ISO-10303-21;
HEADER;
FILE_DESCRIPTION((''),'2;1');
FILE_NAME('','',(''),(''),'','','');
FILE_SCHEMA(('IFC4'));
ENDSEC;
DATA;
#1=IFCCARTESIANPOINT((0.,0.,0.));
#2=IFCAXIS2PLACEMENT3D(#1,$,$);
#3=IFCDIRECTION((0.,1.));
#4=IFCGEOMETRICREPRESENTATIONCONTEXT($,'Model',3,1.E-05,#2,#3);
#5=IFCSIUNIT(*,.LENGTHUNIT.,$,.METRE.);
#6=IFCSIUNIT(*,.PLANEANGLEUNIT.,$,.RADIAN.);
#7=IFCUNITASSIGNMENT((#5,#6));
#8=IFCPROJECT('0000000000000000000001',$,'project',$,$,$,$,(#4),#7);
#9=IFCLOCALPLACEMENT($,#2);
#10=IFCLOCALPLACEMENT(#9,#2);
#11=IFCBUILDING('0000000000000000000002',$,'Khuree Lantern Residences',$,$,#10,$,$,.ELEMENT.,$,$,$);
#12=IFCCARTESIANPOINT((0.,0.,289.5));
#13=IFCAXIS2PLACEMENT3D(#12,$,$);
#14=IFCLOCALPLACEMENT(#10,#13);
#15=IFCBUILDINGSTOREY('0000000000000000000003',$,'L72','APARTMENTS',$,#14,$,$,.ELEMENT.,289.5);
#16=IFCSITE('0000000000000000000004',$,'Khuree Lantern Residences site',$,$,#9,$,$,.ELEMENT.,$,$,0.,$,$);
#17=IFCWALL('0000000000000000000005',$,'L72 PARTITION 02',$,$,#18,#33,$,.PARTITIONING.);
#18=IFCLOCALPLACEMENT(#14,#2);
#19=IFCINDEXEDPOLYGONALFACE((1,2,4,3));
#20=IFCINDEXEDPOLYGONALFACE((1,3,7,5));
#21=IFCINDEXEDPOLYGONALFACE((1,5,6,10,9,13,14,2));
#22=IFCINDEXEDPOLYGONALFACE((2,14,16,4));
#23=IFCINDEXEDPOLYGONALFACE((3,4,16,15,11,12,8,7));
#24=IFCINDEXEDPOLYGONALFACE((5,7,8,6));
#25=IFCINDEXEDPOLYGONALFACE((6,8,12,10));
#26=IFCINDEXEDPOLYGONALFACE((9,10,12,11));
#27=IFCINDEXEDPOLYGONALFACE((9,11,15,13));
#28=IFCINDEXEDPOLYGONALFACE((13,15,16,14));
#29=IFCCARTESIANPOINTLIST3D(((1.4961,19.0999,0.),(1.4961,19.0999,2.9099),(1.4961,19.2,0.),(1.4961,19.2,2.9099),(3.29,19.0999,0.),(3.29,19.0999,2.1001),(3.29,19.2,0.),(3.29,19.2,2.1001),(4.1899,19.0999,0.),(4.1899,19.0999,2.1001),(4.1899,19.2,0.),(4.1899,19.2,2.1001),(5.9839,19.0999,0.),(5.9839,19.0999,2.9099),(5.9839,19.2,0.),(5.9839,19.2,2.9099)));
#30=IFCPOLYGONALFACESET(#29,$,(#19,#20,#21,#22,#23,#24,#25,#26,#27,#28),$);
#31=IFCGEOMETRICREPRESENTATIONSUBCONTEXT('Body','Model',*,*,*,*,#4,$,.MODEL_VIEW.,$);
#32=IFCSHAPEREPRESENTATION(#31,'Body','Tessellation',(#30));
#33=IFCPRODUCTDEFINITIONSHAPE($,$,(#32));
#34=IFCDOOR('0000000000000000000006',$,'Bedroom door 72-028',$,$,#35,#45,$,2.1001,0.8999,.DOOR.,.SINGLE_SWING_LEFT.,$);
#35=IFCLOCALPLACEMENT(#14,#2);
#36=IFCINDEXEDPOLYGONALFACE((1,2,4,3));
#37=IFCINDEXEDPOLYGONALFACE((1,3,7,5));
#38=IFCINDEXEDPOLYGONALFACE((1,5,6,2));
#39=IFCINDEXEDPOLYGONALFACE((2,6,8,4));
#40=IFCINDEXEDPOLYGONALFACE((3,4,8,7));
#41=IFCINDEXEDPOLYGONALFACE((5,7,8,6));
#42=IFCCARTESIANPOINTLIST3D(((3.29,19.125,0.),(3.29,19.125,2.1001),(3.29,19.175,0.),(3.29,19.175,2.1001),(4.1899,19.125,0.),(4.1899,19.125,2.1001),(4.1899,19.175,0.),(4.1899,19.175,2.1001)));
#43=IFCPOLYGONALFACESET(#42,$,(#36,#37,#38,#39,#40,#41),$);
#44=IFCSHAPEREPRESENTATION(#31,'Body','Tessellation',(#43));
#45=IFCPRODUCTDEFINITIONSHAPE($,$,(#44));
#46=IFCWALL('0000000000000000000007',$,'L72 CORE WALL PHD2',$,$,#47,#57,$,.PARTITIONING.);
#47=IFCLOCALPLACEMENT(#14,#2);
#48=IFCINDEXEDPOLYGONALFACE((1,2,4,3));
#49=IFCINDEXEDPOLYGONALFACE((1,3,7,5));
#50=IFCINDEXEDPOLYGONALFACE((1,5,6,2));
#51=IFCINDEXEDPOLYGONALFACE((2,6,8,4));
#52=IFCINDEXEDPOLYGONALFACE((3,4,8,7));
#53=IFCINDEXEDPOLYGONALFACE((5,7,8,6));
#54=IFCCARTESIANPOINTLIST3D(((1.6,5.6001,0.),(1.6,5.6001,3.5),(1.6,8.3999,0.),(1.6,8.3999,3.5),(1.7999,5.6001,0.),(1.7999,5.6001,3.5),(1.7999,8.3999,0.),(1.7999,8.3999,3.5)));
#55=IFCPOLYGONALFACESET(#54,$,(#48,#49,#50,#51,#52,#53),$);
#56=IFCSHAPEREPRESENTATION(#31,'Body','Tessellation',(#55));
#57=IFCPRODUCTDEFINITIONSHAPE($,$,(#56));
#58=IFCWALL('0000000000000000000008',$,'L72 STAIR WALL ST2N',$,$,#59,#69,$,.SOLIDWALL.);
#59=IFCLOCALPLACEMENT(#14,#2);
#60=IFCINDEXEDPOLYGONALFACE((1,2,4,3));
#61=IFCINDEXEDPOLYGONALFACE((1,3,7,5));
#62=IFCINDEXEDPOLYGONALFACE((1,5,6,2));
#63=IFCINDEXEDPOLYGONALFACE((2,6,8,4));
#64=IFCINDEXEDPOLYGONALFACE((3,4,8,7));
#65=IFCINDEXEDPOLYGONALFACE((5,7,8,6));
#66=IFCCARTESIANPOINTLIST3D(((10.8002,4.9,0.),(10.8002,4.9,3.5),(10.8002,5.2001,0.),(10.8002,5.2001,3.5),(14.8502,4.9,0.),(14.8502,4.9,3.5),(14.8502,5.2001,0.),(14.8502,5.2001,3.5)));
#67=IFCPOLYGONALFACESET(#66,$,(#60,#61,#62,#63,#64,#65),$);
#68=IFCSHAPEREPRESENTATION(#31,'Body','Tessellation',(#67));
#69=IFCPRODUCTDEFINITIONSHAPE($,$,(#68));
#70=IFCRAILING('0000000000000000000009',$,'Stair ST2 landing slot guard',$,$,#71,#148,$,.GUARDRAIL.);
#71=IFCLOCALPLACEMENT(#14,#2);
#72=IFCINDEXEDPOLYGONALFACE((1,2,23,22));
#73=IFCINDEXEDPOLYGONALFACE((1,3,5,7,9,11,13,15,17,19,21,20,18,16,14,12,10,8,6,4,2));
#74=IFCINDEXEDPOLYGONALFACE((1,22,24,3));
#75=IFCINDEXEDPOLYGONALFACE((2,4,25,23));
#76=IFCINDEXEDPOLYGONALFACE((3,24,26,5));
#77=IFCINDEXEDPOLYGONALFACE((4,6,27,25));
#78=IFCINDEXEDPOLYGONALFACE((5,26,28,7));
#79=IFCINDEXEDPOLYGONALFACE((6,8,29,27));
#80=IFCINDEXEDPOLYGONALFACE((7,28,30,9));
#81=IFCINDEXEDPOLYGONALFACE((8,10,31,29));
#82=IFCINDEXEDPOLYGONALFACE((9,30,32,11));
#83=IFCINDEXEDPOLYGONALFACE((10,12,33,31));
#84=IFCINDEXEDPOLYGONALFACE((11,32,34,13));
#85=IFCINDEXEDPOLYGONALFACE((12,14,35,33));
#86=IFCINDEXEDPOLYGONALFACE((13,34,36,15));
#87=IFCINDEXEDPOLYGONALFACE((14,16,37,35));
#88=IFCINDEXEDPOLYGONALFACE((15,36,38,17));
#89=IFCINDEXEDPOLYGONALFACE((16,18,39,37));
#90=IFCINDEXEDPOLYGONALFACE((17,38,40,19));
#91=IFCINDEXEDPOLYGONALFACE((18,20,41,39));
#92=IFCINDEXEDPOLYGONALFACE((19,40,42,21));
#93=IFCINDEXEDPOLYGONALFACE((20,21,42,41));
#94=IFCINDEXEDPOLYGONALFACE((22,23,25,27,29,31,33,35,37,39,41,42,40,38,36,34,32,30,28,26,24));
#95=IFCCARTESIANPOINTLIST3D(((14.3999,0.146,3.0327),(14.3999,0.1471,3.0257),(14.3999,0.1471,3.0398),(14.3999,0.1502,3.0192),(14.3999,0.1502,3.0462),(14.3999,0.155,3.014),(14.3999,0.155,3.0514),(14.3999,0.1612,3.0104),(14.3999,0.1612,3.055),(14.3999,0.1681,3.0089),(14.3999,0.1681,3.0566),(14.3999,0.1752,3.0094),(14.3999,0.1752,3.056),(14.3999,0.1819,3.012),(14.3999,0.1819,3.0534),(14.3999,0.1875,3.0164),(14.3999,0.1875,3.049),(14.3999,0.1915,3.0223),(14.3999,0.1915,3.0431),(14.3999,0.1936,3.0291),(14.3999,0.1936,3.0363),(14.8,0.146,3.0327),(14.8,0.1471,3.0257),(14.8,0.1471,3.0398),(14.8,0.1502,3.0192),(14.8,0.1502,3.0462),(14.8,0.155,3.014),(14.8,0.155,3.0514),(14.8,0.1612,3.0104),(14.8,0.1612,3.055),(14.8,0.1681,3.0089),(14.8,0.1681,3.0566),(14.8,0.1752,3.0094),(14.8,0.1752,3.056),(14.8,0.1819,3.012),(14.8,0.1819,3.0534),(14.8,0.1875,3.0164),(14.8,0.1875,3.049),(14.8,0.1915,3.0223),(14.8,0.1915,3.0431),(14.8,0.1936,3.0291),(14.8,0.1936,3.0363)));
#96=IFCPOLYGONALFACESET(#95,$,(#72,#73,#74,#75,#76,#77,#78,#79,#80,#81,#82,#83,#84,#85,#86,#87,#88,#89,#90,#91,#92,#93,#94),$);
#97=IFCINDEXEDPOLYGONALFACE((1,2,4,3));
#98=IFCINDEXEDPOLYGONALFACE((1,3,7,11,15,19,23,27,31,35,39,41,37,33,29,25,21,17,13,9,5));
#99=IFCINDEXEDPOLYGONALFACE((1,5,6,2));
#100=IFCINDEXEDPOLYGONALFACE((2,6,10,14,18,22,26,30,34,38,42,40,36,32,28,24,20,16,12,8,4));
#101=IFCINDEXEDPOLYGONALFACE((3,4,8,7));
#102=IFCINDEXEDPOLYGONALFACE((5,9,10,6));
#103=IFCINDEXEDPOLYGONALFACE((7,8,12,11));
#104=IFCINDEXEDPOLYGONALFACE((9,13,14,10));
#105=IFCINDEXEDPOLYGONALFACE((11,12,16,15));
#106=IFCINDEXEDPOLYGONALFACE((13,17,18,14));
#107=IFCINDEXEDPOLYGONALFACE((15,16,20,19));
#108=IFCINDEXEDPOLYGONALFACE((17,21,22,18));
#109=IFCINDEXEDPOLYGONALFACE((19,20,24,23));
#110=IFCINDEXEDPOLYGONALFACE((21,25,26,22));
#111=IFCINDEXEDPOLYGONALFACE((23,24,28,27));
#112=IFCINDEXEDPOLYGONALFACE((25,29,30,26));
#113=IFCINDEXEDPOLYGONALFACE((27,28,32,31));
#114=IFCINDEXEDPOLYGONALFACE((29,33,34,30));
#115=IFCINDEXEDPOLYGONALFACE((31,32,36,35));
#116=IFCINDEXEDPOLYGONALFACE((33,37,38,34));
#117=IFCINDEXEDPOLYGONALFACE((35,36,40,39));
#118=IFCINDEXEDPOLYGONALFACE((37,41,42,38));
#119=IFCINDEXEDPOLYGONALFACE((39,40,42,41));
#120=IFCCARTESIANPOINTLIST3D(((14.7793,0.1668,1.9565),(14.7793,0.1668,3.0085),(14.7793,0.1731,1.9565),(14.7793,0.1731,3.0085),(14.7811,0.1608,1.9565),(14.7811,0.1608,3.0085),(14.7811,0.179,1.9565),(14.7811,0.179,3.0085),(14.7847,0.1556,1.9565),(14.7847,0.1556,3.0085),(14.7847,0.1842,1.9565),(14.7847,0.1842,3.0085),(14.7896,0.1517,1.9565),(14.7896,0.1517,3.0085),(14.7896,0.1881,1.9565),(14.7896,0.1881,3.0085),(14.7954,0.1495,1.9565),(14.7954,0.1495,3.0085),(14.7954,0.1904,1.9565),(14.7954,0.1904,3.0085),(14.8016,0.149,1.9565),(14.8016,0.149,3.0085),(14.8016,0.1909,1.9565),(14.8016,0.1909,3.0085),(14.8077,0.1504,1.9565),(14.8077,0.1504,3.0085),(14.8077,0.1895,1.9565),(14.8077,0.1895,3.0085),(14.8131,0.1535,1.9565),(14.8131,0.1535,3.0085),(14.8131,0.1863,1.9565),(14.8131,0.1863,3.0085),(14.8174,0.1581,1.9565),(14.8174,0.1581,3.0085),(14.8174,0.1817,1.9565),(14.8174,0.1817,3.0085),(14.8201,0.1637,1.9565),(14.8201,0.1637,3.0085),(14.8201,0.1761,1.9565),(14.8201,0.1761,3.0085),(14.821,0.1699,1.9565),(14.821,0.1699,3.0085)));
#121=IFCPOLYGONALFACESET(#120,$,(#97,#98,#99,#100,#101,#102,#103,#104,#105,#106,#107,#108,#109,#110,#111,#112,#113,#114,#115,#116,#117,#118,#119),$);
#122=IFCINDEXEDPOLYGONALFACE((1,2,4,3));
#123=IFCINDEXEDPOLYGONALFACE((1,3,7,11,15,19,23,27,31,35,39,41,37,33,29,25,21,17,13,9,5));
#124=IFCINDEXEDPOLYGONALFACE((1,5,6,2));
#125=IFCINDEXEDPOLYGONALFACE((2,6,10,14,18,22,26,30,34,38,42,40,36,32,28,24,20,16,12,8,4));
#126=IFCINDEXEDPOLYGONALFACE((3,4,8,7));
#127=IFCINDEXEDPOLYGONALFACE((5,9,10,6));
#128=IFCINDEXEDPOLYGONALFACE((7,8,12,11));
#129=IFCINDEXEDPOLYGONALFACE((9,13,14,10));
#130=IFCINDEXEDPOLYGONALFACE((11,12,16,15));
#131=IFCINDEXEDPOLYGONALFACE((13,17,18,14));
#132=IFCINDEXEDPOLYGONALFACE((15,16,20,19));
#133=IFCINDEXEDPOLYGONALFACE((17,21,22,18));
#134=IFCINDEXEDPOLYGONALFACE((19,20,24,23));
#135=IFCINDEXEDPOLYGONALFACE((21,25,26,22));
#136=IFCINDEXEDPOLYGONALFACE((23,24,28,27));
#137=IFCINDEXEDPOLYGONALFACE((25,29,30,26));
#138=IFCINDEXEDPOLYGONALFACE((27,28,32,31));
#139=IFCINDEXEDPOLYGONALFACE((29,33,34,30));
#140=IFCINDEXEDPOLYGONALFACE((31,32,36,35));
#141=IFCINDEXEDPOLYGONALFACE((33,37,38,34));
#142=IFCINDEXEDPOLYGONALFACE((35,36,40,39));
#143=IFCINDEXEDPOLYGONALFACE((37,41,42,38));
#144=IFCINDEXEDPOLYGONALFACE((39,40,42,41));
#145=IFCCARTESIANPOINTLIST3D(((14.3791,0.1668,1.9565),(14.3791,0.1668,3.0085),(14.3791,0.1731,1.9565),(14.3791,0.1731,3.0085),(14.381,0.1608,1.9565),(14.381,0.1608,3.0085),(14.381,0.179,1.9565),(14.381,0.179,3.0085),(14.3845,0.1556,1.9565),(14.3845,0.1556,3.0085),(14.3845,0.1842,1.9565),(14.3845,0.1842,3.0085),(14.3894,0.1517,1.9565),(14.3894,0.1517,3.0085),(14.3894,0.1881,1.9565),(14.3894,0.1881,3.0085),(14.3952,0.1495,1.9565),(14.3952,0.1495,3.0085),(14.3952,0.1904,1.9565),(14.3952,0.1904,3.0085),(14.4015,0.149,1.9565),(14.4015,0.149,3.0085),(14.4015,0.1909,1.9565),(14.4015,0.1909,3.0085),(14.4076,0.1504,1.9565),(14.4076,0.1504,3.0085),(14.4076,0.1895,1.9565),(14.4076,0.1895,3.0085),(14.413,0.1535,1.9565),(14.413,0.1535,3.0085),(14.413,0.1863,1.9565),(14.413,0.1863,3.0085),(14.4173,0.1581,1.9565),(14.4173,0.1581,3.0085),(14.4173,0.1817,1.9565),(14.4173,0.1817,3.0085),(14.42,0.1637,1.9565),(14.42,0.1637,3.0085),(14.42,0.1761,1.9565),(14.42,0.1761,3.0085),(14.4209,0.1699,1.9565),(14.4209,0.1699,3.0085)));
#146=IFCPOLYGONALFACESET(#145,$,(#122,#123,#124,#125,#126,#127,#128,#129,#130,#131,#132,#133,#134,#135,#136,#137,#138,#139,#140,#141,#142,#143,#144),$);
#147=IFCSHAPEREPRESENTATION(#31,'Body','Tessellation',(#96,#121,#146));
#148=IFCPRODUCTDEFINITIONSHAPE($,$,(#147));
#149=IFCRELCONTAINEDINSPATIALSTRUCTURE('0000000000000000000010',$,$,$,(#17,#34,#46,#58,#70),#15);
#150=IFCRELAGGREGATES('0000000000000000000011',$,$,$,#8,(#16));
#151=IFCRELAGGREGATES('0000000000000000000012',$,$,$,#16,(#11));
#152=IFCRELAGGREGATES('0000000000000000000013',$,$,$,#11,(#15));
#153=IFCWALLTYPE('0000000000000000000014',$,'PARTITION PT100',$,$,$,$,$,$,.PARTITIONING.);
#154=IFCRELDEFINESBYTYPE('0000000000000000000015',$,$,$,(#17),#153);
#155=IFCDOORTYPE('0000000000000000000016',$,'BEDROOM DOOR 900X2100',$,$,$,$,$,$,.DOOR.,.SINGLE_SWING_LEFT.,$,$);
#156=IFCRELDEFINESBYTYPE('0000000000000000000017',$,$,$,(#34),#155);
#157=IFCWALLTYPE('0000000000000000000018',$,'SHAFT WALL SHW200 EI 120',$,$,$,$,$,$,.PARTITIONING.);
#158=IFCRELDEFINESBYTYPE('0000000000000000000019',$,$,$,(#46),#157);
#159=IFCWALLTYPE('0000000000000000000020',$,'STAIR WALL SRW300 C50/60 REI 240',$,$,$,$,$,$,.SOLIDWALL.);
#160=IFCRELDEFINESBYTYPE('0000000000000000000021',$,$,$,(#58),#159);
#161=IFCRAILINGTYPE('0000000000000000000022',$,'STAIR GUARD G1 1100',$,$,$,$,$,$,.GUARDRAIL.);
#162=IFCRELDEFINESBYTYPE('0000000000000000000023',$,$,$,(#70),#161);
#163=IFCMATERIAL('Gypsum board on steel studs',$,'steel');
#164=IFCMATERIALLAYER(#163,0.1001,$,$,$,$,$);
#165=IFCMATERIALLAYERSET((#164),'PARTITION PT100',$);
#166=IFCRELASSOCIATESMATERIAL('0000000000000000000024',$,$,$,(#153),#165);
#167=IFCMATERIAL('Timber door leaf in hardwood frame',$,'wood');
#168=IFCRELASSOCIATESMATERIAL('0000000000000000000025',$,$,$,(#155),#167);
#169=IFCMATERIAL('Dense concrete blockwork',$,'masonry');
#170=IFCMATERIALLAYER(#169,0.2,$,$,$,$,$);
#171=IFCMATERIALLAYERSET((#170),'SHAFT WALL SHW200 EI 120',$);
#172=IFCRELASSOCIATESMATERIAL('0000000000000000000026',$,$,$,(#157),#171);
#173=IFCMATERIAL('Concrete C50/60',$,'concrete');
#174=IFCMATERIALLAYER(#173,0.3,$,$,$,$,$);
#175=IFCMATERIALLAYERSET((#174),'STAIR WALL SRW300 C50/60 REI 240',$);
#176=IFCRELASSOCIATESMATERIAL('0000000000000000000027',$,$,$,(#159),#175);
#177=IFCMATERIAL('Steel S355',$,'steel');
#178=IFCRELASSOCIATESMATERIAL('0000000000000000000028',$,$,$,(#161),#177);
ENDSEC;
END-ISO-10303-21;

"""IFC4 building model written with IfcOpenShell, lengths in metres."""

from ifc_helpers import new_model, si_unit, direction, frame, frame_2d, origin, origin_2d, place, context, subcontext, project, spatial, rectangle, circle, extrude, material, layer, layer_set, type_object, element, fill, save


model = new_model("IFC4")

# Units and contexts
model_context = context("Model", 3, precision=1e-05, world=origin(), true_north=direction((0.0, 1.0)))
body_context = subcontext(model_context, "Body", "Model", "MODEL_VIEW")
ifc_project = project(units=[si_unit("LENGTHUNIT", "METRE"), si_unit("PLANEANGLEUNIT", "RADIAN")], contexts=[model_context])

# Site, building, storey
site_placement = place(None, origin())
site = spatial("IfcSite", under=ifc_project, at=site_placement, Name="Khuree Lantern Residences site", CompositionType="ELEMENT", RefElevation=0.0)
building_placement = place(site_placement, origin())
building = spatial("IfcBuilding", under=site, at=building_placement, Name="Khuree Lantern Residences", CompositionType="ELEMENT")
storey_placement = place(building_placement, frame((0.0, 0.0, 289.5)))
storey = spatial("IfcBuildingStorey", under=building, at=storey_placement, Name="L72", Description="APARTMENTS", CompositionType="ELEMENT", Elevation=289.5)

# Shared definitions
ifc_material_1 = material(Name="Concrete C50/60", Category="concrete")

# Shared definitions
ifc_material_2 = material(Name="Timber door leaf in hardwood frame", Category="wood")

# Shared definitions
ifc_material_3 = material(Name="Dense concrete blockwork", Category="masonry")

# Shared definitions
ifc_material_4 = material(Name="Gypsum board on steel studs", Category="steel")
ifc_layer_1 = layer(ifc_material_4, 0.1001)
ifc_layer_set_1 = layer_set([ifc_layer_1], Name="PARTITION PT100")
wall_type_1 = type_object("IfcWallType", Name="PARTITION PT100", PredefinedType="PARTITIONING", material=ifc_layer_set_1)

# Wall, opening, door
wall_1_placement = place(storey_placement, frame((5.9839, 19.1499, 0.0), z_axis=(0.0, 0.0, 1.0), x_axis=(-1.0, 0.0, 0.0)))
wall_1 = element("IfcWall", 1, at=wall_1_placement, inside=storey, type_object=wall_type_1, Name="L72 PARTITION 02", PredefinedType="PARTITIONING", context=body_context, shape_type="SweptSolid", body=[
    extrude(rectangle(XDim=4.4878, YDim=0.1001, at=frame_2d((2.2439, 0.0))), origin(), (0.0, 0.0, 1.0), 2.9099),
])
opening_1_placement = place(wall_1_placement, frame((1.7939, 0.0, 0.0)))
opening_1 = element("IfcOpeningElement", 2, at=opening_1_placement, cuts=wall_1, PredefinedType="OPENING", context=body_context, shape_type="SweptSolid", body=[
    extrude(rectangle(XDim=0.8999, YDim=2.1001, at=frame_2d((0.45, 1.05))), frame((0.0, 0.0601, 0.0), z_axis=(0.0, -1.0, 0.0), x_axis=(1.0, 0.0, 0.0)), (0.0, 0.0, 1.0), 0.1201),
])
door_type_1 = type_object("IfcDoorType", Name="BEDROOM DOOR 900X2100", OperationType="SINGLE_SWING_LEFT", PredefinedType="DOOR", material=ifc_material_2)
door_1_placement = place(opening_1_placement, origin())
door_1 = element("IfcDoor", 3, at=door_1_placement, inside=storey, type_object=door_type_1, Name="Bedroom door 72-028", OperationType="SINGLE_SWING_LEFT", OverallHeight=2.1001, OverallWidth=0.8999, PredefinedType="DOOR", context=body_context, shape_type="SweptSolid", body=[
    extrude(rectangle(XDim=0.8999, YDim=2.1001, at=frame_2d((0.45, 1.05))), frame((0.0, 0.0249, 0.0), z_axis=(0.0, -1.0, 0.0), x_axis=(1.0, 0.0, 0.0)), (0.0, 0.0, 1.0), 0.05),
])
fill(opening_1, door_1)

# Walls
ifc_layer_2 = layer(ifc_material_3, 0.2)
ifc_layer_set_2 = layer_set([ifc_layer_2], Name="SHAFT WALL SHW200 EI 120")
wall_type_2 = type_object("IfcWallType", Name="SHAFT WALL SHW200 EI 120", PredefinedType="PARTITIONING", material=ifc_layer_set_2)
wall_2_placement = place(storey_placement, frame((1.7, 5.6001, 0.0), z_axis=(0.0, 0.0, 1.0), x_axis=(0.0, 1.0, 0.0)))
element("IfcWall", 4, at=wall_2_placement, inside=storey, type_object=wall_type_2, Name="L72 CORE WALL PHD2", PredefinedType="PARTITIONING", context=body_context, shape_type="SweptSolid", body=[
    extrude(rectangle(XDim=2.7998, YDim=0.2, at=frame_2d((1.3999, 0.0))), origin(), (0.0, 0.0, 1.0), 3.5),
])
ifc_layer_3 = layer(ifc_material_1, 0.3)
ifc_layer_set_3 = layer_set([ifc_layer_3], Name="STAIR WALL SRW300 C50/60 REI 240")
wall_type_3 = type_object("IfcWallType", Name="STAIR WALL SRW300 C50/60 REI 240", PredefinedType="SOLIDWALL", material=ifc_layer_set_3)
wall_3_placement = place(storey_placement, frame((14.8501, 5.05, 0.0), z_axis=(0.0, 0.0, 1.0), x_axis=(-1.0, 0.0, 0.0)))
element("IfcWall", 5, at=wall_3_placement, inside=storey, type_object=wall_type_3, Name="L72 STAIR WALL ST2N", PredefinedType="SOLIDWALL", context=body_context, shape_type="SweptSolid", body=[
    extrude(rectangle(XDim=4.05, YDim=0.3, at=frame_2d((2.0249, 0.0))), origin(), (0.0, 0.0, 1.0), 3.5),
])

# Railing
ifc_material_5 = material(Name="Steel S355", Category="steel")
railing_type = type_object("IfcRailingType", Name="STAIR GUARD G1 1100", PredefinedType="GUARDRAIL", material=ifc_material_5)
railing_placement = place(storey_placement, frame((14.8, 0.1699, 1.9565)))
element("IfcRailing", 6, at=railing_placement, inside=storey, type_object=railing_type, Name="Stair ST2 landing slot guard", PredefinedType="GUARDRAIL", context=body_context, shape_type="SweptSolid", body=[
    extrude(circle(Radius=0.0239, at=origin_2d()), frame((0.0, 0.0, 1.0762), z_axis=(-1.0, 0.0, 0.0), x_axis=(0.0, -1.0, 0.0)), (0.0, 0.0, 1.0), 0.4001),
    extrude(circle(Radius=0.021, at=origin_2d()), origin(), (0.0, 0.0, 1.0), 1.052),
    extrude(circle(Radius=0.021, at=origin_2d()), frame((-0.4001, 0.0, 0.0)), (0.0, 0.0, 1.0), 1.052),
])

save(model, "model.ifc")
